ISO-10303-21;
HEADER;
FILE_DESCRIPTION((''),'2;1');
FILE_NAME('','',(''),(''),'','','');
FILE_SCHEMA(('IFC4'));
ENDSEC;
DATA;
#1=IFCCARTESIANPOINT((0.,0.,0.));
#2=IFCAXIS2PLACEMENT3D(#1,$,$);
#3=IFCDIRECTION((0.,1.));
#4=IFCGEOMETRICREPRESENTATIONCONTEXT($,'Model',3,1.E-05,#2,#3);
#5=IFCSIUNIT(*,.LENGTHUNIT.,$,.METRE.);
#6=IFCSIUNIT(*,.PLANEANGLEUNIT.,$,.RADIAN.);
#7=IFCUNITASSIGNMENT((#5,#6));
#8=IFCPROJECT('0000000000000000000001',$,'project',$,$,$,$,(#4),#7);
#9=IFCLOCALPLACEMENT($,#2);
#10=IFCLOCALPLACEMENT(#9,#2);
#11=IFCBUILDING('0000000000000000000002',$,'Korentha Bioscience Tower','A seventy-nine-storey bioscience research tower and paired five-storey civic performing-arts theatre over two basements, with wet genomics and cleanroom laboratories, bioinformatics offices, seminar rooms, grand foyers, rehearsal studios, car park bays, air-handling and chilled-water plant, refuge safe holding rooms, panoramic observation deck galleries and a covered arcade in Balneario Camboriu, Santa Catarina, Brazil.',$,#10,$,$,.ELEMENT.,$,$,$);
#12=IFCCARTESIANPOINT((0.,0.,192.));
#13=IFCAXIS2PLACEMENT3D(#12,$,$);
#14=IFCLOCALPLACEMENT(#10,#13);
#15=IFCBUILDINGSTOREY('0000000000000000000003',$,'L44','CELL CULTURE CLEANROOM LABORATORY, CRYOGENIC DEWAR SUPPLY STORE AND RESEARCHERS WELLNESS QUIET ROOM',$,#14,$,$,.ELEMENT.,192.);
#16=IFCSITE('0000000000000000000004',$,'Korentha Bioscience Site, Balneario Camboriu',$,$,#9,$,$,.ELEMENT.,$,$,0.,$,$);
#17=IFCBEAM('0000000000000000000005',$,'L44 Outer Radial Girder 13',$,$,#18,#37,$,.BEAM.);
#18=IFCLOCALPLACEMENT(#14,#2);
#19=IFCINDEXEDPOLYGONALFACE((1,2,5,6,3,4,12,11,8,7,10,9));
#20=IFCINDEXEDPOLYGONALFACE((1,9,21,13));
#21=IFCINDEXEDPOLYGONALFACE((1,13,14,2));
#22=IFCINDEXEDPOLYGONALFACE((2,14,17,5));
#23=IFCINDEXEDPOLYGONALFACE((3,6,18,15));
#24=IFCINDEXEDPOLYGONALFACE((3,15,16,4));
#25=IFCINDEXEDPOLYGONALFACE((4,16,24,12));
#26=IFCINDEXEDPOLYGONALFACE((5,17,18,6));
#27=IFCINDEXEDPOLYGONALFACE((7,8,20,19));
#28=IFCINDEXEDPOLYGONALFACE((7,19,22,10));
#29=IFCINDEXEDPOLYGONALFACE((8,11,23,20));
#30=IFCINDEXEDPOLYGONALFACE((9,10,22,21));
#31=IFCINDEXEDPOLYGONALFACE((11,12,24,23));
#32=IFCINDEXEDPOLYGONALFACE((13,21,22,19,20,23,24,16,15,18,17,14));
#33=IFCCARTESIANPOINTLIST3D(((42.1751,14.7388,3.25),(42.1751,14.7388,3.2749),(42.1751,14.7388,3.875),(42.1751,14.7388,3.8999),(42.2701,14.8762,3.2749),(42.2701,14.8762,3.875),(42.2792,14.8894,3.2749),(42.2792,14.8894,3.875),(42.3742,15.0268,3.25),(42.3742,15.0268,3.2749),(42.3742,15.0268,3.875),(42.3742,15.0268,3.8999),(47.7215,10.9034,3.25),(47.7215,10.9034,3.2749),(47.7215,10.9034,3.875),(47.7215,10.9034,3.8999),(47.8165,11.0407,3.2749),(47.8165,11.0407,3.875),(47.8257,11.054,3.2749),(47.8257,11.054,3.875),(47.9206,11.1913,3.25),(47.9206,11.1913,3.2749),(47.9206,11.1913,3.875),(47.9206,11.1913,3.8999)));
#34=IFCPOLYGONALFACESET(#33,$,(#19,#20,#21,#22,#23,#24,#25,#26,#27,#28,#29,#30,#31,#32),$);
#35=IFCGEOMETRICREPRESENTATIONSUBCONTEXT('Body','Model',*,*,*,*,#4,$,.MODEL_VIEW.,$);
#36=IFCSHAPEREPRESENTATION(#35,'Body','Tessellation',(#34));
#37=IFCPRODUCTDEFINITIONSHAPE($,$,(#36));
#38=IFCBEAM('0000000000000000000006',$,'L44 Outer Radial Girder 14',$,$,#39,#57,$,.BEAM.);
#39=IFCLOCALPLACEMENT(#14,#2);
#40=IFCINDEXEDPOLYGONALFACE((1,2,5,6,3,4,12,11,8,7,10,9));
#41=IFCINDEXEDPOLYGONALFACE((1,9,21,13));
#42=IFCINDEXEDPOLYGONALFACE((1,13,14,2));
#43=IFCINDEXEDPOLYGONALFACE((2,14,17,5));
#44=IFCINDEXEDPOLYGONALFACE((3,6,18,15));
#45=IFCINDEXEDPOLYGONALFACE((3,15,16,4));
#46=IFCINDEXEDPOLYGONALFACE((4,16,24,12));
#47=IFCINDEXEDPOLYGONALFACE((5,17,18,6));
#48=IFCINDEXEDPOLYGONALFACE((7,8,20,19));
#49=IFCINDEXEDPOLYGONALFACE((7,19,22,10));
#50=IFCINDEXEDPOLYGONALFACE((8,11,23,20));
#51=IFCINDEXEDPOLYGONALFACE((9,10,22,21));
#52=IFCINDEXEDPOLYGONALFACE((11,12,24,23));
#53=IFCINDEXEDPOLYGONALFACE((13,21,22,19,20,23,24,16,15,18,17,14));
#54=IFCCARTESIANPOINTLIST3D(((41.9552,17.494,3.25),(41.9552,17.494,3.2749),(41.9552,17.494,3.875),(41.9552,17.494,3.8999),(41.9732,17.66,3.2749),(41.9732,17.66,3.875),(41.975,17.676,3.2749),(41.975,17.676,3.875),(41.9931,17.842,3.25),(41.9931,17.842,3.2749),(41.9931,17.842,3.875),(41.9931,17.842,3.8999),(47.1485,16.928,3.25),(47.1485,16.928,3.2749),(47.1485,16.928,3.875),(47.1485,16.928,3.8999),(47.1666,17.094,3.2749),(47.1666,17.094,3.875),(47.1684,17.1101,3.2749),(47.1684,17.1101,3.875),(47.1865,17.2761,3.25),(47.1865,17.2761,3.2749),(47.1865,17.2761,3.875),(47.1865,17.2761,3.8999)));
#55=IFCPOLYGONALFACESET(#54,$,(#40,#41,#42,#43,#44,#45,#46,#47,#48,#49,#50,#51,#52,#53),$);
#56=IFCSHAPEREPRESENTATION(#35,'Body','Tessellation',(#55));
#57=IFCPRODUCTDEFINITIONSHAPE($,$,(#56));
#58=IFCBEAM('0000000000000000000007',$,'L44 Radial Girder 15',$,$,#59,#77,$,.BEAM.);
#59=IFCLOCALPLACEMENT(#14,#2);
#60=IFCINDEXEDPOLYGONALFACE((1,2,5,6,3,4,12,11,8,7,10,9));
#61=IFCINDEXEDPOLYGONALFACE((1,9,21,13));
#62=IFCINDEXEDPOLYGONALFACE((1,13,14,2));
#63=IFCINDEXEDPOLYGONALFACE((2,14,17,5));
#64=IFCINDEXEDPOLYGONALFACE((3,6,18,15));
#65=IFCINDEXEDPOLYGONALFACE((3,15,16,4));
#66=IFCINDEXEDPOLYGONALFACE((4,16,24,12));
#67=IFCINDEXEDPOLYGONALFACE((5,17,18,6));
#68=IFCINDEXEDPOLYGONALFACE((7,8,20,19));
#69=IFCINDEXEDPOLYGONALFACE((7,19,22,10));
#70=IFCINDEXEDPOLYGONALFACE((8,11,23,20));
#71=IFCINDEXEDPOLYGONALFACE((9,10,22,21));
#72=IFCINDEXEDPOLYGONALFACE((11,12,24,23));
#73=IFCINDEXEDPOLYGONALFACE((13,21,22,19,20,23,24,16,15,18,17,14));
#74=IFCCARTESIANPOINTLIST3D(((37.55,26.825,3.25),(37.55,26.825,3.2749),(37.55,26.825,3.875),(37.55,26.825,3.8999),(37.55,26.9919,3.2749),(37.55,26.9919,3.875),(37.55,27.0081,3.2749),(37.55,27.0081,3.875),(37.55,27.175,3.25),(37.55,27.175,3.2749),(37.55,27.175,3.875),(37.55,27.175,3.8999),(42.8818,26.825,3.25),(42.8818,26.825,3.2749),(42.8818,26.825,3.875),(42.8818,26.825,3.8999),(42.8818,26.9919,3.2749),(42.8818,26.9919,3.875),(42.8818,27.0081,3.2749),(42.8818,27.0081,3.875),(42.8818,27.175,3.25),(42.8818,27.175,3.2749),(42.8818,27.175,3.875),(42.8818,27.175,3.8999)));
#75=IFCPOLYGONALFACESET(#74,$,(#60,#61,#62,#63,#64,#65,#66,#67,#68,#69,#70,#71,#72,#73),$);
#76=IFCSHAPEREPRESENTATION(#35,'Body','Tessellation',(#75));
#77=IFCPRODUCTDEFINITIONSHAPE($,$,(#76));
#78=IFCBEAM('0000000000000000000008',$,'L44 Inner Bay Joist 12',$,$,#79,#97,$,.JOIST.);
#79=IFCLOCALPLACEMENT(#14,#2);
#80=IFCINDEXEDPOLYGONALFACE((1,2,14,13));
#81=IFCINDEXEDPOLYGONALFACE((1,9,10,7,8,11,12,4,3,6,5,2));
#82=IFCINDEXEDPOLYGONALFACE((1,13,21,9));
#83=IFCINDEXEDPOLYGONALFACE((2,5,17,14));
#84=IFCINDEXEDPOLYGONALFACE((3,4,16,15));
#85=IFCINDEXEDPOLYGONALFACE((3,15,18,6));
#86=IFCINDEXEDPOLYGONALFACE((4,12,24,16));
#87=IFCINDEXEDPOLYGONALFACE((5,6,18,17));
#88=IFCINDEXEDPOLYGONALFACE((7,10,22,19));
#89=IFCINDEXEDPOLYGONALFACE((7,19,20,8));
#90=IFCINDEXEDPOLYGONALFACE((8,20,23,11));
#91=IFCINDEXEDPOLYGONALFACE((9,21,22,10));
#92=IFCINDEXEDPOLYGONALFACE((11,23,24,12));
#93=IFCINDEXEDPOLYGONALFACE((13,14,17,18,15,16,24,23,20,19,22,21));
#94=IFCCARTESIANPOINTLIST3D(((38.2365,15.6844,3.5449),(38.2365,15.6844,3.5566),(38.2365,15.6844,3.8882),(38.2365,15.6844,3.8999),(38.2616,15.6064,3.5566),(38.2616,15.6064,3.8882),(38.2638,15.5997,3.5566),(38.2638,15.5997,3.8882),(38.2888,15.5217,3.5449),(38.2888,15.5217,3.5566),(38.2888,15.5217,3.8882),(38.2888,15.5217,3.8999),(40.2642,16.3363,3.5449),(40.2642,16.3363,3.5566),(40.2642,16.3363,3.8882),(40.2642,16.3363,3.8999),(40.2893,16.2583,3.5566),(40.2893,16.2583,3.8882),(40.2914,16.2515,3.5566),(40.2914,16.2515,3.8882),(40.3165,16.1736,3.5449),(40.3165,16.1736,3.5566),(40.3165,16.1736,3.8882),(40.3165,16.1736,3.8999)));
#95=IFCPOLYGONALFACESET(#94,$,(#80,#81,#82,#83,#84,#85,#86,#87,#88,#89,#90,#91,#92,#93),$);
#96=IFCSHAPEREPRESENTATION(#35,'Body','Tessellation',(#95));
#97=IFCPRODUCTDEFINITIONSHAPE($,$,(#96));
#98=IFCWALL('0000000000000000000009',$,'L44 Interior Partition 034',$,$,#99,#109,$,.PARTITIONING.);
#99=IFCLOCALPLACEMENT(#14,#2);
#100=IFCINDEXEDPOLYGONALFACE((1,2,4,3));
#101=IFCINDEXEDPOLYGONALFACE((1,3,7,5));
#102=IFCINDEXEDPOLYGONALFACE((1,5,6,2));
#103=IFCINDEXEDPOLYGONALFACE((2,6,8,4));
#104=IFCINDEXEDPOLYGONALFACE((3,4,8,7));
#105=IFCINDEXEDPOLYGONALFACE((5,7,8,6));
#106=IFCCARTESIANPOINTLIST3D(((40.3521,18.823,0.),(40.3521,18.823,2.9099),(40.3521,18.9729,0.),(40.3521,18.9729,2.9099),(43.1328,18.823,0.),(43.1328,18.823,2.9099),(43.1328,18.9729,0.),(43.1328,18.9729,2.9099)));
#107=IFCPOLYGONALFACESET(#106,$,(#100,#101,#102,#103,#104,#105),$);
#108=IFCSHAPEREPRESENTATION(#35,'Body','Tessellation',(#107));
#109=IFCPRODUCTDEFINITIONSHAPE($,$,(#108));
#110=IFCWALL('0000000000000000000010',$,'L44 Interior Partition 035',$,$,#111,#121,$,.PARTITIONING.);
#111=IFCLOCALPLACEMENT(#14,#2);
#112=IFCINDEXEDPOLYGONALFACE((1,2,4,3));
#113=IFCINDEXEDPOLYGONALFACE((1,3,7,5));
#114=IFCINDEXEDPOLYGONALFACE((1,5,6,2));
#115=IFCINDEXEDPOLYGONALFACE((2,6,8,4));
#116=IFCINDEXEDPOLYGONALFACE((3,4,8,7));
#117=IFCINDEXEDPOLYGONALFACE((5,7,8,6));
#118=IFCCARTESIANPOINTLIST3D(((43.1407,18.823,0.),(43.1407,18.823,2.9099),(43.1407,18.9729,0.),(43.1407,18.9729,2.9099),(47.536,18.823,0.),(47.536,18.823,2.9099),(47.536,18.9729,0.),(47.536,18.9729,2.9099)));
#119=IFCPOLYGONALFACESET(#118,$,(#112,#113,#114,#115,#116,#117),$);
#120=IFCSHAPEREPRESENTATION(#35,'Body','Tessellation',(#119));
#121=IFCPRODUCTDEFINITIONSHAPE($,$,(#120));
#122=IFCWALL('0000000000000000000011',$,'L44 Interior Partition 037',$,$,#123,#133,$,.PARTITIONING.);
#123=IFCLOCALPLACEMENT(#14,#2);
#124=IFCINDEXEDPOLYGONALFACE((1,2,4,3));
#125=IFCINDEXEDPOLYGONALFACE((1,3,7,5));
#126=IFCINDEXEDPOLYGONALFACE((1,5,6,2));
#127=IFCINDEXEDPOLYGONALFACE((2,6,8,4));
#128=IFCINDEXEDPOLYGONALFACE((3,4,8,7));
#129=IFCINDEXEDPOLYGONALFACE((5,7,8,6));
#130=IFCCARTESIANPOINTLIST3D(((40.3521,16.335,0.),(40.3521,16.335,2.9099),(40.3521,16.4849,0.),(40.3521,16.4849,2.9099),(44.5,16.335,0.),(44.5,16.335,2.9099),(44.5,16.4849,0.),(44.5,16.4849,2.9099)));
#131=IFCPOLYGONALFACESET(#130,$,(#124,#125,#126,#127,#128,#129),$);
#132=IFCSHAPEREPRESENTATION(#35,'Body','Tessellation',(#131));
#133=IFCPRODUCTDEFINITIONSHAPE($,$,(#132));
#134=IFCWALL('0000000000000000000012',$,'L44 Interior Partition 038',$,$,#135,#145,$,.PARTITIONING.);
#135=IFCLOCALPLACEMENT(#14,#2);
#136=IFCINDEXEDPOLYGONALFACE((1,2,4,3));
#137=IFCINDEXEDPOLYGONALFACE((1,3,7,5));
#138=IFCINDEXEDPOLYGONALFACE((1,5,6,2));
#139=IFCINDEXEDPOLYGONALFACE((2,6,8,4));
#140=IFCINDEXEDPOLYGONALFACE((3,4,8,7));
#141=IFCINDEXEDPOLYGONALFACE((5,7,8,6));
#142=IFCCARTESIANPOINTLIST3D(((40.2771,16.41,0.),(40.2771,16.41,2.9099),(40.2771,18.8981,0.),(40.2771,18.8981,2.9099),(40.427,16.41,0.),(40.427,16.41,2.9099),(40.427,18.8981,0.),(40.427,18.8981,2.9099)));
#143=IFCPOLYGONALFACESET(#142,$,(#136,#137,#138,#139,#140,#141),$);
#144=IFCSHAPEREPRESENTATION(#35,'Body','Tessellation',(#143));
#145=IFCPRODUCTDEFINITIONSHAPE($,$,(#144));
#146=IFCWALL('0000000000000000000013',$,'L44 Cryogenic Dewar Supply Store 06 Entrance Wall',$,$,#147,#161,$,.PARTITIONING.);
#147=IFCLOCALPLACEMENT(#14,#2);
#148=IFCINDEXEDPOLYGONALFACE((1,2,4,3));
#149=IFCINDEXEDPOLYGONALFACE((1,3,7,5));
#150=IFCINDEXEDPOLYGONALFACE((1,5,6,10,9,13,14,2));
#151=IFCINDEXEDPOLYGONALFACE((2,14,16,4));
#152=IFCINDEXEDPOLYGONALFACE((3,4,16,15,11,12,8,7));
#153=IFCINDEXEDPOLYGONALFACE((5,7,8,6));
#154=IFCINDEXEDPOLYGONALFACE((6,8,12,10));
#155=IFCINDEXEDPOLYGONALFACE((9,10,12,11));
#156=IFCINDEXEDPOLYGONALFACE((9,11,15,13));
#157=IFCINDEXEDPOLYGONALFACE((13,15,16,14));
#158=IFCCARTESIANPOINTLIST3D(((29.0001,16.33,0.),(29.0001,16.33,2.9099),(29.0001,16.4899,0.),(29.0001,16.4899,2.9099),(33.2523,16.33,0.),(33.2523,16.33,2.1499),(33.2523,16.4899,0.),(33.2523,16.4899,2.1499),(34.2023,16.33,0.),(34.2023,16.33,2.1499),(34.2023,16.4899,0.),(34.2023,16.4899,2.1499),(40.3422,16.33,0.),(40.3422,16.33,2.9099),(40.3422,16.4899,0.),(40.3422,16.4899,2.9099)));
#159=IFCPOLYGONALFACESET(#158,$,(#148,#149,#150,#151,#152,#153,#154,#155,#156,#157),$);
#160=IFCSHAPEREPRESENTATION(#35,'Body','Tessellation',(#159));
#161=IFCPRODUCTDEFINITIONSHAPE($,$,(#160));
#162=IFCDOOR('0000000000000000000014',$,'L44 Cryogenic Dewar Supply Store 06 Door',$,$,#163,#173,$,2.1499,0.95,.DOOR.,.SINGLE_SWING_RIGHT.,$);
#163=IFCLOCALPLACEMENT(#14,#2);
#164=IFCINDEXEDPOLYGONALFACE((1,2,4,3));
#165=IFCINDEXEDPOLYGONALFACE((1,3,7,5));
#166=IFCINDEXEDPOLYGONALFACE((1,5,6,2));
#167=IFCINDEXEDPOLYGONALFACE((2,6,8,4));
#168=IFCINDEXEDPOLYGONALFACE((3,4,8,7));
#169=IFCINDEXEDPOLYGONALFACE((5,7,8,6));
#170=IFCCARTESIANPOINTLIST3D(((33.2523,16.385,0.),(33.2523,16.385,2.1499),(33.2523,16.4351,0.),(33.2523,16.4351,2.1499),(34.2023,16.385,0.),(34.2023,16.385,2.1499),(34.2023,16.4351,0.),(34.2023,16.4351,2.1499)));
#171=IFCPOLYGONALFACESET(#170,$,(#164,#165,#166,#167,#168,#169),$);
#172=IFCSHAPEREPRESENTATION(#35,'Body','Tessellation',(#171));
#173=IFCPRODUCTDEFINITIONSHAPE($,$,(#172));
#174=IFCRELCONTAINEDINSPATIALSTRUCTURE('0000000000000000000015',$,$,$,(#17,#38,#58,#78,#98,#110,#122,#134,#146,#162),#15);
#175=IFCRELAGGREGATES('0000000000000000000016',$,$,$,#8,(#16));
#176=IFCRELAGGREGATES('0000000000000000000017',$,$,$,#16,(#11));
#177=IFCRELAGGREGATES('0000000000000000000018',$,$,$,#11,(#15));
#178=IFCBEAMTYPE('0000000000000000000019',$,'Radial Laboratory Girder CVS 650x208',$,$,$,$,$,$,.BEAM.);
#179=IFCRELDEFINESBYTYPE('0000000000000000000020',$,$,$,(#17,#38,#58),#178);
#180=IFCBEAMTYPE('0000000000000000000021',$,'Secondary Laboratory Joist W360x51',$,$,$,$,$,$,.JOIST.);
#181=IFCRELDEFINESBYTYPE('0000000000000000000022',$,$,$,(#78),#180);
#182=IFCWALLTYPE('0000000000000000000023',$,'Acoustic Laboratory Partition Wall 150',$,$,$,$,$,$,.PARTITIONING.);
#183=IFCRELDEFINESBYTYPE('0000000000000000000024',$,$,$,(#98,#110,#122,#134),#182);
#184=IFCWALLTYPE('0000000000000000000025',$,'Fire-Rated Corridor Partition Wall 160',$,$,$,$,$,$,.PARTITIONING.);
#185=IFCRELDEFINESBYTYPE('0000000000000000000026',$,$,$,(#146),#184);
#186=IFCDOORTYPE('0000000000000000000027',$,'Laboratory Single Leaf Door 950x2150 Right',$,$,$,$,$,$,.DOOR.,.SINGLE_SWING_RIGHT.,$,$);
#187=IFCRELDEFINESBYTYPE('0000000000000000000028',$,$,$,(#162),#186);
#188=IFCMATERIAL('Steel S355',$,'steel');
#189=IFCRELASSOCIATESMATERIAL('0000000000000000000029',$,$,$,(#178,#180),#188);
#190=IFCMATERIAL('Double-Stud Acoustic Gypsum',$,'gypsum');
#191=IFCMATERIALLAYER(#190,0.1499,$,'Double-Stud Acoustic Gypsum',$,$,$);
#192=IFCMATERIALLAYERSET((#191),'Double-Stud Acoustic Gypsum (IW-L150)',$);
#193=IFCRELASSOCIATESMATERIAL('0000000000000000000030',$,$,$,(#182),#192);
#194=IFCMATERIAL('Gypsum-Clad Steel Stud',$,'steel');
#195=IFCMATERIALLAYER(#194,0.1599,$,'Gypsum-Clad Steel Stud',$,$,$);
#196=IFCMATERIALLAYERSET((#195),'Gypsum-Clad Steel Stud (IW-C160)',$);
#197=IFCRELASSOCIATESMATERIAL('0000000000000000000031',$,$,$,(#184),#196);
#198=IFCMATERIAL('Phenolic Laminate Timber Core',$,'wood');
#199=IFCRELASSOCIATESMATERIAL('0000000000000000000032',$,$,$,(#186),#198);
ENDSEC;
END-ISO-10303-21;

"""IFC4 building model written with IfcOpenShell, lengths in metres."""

from ifc_helpers import new_model, si_unit, direction, frame, frame_2d, origin, origin_2d, place, context, subcontext, project, spatial, rectangle, i_section, extrude, material, layer, layer_set, material_profile, profile_set, type_object, element, fill, save


model = new_model("IFC4")

# Units and contexts
model_context = context("Model", 3, precision=1e-05, world=origin(), true_north=direction((0.0, 1.0)))
body_context = subcontext(model_context, "Body", "Model", "MODEL_VIEW")
ifc_project = project(units=[si_unit("LENGTHUNIT", "METRE"), si_unit("PLANEANGLEUNIT", "RADIAN")], contexts=[model_context])

# Site, building, storey
site_placement = place(None, origin())
site = spatial("IfcSite", under=ifc_project, at=site_placement, Name="Korentha Bioscience Site, Balneario Camboriu", CompositionType="ELEMENT", RefElevation=0.0)
building_placement = place(site_placement, origin())
building = spatial("IfcBuilding", under=site, at=building_placement, Name="Korentha Bioscience Tower", Description="A seventy-nine-storey bioscience research tower and paired five-storey civic performing-arts theatre over two basements, with wet genomics and cleanroom laboratories, bioinformatics offices, seminar rooms, grand foyers, rehearsal studios, car park bays, air-handling and chilled-water plant, refuge safe holding rooms, panoramic observation deck galleries and a covered arcade in Balneario Camboriu, Santa Catarina, Brazil.", CompositionType="ELEMENT")
storey_placement = place(building_placement, frame((0.0, 0.0, 192.0)))
storey = spatial("IfcBuildingStorey", under=building, at=storey_placement, Name="L44", Description="CELL CULTURE CLEANROOM LABORATORY, CRYOGENIC DEWAR SUPPLY STORE AND RESEARCHERS WELLNESS QUIET ROOM", CompositionType="ELEMENT", Elevation=192.0)

# Beams
ifc_material_1 = material(Name="Steel S355", Category="steel")
ifc_material_profile_1 = material_profile(ifc_material_1, i_section(OverallWidth=0.3501, OverallDepth=0.6499, WebThickness=0.0161, FlangeThickness=0.0249, at=origin_2d()), Name="Steel S355")
ifc_profile_set_1 = profile_set([ifc_material_profile_1], Name="Steel S355 (RB-650)")
beam_type_1 = type_object("IfcBeamType", Name="Radial Laboratory Girder CVS 650x208", PredefinedType="BEAM", material=ifc_profile_set_1)
beam_1_placement = place(storey_placement, frame((42.2747, 14.8828, 3.575), z_axis=(0.822494, -0.568773, 0.0), x_axis=(0.568773, 0.822494, 0.0)))
element("IfcBeam", 1, at=beam_1_placement, inside=storey, type_object=beam_type_1, Name="L44 Outer Radial Girder 13", PredefinedType="BEAM", context=body_context, shape_type="SweptSolid", body=[
    extrude(i_section(OverallWidth=0.3501, OverallDepth=0.6499, WebThickness=0.0161, FlangeThickness=0.0249, at=origin_2d()), origin(), (0.0, 0.0, 1.0), 6.7434),
])
beam_2_placement = place(storey_placement, frame((41.9741, 17.668, 3.575), z_axis=(0.994115, -0.108328, 0.0), x_axis=(0.108328, 0.994115, 0.0)))
element("IfcBeam", 2, at=beam_2_placement, inside=storey, type_object=beam_type_1, Name="L44 Outer Radial Girder 14", PredefinedType="BEAM", context=body_context, shape_type="SweptSolid", body=[
    extrude(i_section(OverallWidth=0.3501, OverallDepth=0.6499, WebThickness=0.0161, FlangeThickness=0.0249, at=origin_2d()), origin(), (0.0, 0.0, 1.0), 5.2241),
])
beam_3_placement = place(storey_placement, frame((37.55, 27.0, 3.575), z_axis=(1.0, 0.0, 0.0), x_axis=(0.0, 1.0, 0.0)))
element("IfcBeam", 3, at=beam_3_placement, inside=storey, type_object=beam_type_1, Name="L44 Radial Girder 15", PredefinedType="BEAM", context=body_context, shape_type="SweptSolid", body=[
    extrude(i_section(OverallWidth=0.3501, OverallDepth=0.6499, WebThickness=0.0161, FlangeThickness=0.0249, at=origin_2d()), origin(), (0.0, 0.0, 1.0), 5.3318),
])
ifc_material_profile_2 = material_profile(ifc_material_1, i_section(OverallWidth=0.1709, OverallDepth=0.355, WebThickness=0.0071, FlangeThickness=0.0117, at=origin_2d()), Name="Steel S355")
ifc_profile_set_2 = profile_set([ifc_material_profile_2], Name="Steel S355 (JB-360)")
beam_type_2 = type_object("IfcBeamType", Name="Secondary Laboratory Joist W360x51", PredefinedType="JOIST", material=ifc_profile_set_2)
beam_4_placement = place(storey_placement, frame((38.2627, 15.603, 3.7224), z_axis=(0.952011, 0.306065, 0.0), x_axis=(-0.306065, 0.952011, 0.0)))
element("IfcBeam", 4, at=beam_4_placement, inside=storey, type_object=beam_type_2, Name="L44 Inner Bay Joist 12", PredefinedType="JOIST", context=body_context, shape_type="SweptSolid", body=[
    extrude(i_section(OverallWidth=0.1709, OverallDepth=0.355, WebThickness=0.0071, FlangeThickness=0.0117, at=origin_2d()), origin(), (0.0, 0.0, 1.0), 2.1299),
])

# Walls
ifc_material_2 = material(Name="Double-Stud Acoustic Gypsum", Category="gypsum")
ifc_layer_1 = layer(ifc_material_2, 0.1499, Name="Double-Stud Acoustic Gypsum")
ifc_layer_set_1 = layer_set([ifc_layer_1], Name="Double-Stud Acoustic Gypsum (IW-L150)")
wall_type_1 = type_object("IfcWallType", Name="Acoustic Laboratory Partition Wall 150", PredefinedType="PARTITIONING", material=ifc_layer_set_1)
wall_1_placement = place(storey_placement, frame((40.3521, 18.8979, 0.0), z_axis=(0.0, 0.0, 1.0), x_axis=(1.0, 0.0, 0.0)))
element("IfcWall", 5, at=wall_1_placement, inside=storey, type_object=wall_type_1, Name="L44 Interior Partition 034", PredefinedType="PARTITIONING", context=body_context, shape_type="SweptSolid", body=[
    extrude(rectangle(XDim=2.7808, YDim=0.1499, at=frame_2d((1.3904, 0.0))), origin(), (0.0, 0.0, 1.0), 2.9099),
])
wall_2_placement = place(storey_placement, frame((43.1406, 18.8979, 0.0), z_axis=(0.0, 0.0, 1.0), x_axis=(1.0, 0.0, 0.0)))
element("IfcWall", 6, at=wall_2_placement, inside=storey, type_object=wall_type_1, Name="L44 Interior Partition 035", PredefinedType="PARTITIONING", context=body_context, shape_type="SweptSolid", body=[
    extrude(rectangle(XDim=4.3953, YDim=0.1499, at=frame_2d((2.1978, 0.0))), origin(), (0.0, 0.0, 1.0), 2.9099),
])
wall_3_placement = place(storey_placement, frame((44.5, 16.4099, 0.0), z_axis=(0.0, 0.0, 1.0), x_axis=(-1.0, 0.0, 0.0)))
element("IfcWall", 7, at=wall_3_placement, inside=storey, type_object=wall_type_1, Name="L44 Interior Partition 037", PredefinedType="PARTITIONING", context=body_context, shape_type="SweptSolid", body=[
    extrude(rectangle(XDim=4.1479, YDim=0.1499, at=frame_2d((2.074, 0.0))), origin(), (0.0, 0.0, 1.0), 2.9099),
])
wall_4_placement = place(storey_placement, frame((40.3521, 16.4099, 0.0), z_axis=(0.0, 0.0, 1.0), x_axis=(0.0, 1.0, 0.0)))
element("IfcWall", 8, at=wall_4_placement, inside=storey, type_object=wall_type_1, Name="L44 Interior Partition 038", PredefinedType="PARTITIONING", context=body_context, shape_type="SweptSolid", body=[
    extrude(rectangle(XDim=2.488, YDim=0.1499, at=frame_2d((1.2441, 0.0))), origin(), (0.0, 0.0, 1.0), 2.9099),
])

# Wall, opening, door
ifc_material_3 = material(Name="Gypsum-Clad Steel Stud", Category="steel")
ifc_layer_2 = layer(ifc_material_3, 0.1599, Name="Gypsum-Clad Steel Stud")
ifc_layer_set_2 = layer_set([ifc_layer_2], Name="Gypsum-Clad Steel Stud (IW-C160)")
wall_type_2 = type_object("IfcWallType", Name="Fire-Rated Corridor Partition Wall 160", PredefinedType="PARTITIONING", material=ifc_layer_set_2)
wall_5_placement = place(storey_placement, frame((40.342, 16.4099, 0.0), z_axis=(0.0, 0.0, 1.0), x_axis=(-1.0, 0.0, 0.0)))
wall_5 = element("IfcWall", 9, at=wall_5_placement, inside=storey, type_object=wall_type_2, Name="L44 Cryogenic Dewar Supply Store 06 Entrance Wall", PredefinedType="PARTITIONING", context=body_context, shape_type="SweptSolid", body=[
    extrude(rectangle(XDim=11.342, YDim=0.1599, at=frame_2d((5.6709, 0.0))), origin(), (0.0, 0.0, 1.0), 2.9099),
])
opening_placement = place(wall_5_placement, frame((6.1396, 0.0, 0.0)))
opening = element("IfcOpeningElement", 10, at=opening_placement, cuts=wall_5, PredefinedType="OPENING", context=body_context, shape_type="SweptSolid", body=[
    extrude(rectangle(XDim=0.95, YDim=2.1499, at=frame_2d((0.4751, 1.075))), frame((0.0, 0.0947, 0.0), z_axis=(0.0, -1.0, 0.0), x_axis=(1.0, 0.0, 0.0)), (0.0, 0.0, 1.0), 0.1897),
])
ifc_material_4 = material(Name="Phenolic Laminate Timber Core", Category="wood")
door_type = type_object("IfcDoorType", Name="Laboratory Single Leaf Door 950x2150 Right", OperationType="SINGLE_SWING_RIGHT", PredefinedType="DOOR", material=ifc_material_4)
door_placement = place(opening_placement, origin())
door = element("IfcDoor", 11, at=door_placement, inside=storey, type_object=door_type, Name="L44 Cryogenic Dewar Supply Store 06 Door", OperationType="SINGLE_SWING_RIGHT", OverallHeight=2.1499, OverallWidth=0.95, PredefinedType="DOOR", context=body_context, shape_type="SweptSolid", body=[
    extrude(rectangle(XDim=0.95, YDim=2.1499, at=frame_2d((0.4751, 1.075))), frame((0.0, 0.0249, 0.0), z_axis=(0.0, -1.0, 0.0), x_axis=(1.0, 0.0, 0.0)), (0.0, 0.0, 1.0), 0.05),
])
fill(opening, door)

save(model, "model.ifc")
